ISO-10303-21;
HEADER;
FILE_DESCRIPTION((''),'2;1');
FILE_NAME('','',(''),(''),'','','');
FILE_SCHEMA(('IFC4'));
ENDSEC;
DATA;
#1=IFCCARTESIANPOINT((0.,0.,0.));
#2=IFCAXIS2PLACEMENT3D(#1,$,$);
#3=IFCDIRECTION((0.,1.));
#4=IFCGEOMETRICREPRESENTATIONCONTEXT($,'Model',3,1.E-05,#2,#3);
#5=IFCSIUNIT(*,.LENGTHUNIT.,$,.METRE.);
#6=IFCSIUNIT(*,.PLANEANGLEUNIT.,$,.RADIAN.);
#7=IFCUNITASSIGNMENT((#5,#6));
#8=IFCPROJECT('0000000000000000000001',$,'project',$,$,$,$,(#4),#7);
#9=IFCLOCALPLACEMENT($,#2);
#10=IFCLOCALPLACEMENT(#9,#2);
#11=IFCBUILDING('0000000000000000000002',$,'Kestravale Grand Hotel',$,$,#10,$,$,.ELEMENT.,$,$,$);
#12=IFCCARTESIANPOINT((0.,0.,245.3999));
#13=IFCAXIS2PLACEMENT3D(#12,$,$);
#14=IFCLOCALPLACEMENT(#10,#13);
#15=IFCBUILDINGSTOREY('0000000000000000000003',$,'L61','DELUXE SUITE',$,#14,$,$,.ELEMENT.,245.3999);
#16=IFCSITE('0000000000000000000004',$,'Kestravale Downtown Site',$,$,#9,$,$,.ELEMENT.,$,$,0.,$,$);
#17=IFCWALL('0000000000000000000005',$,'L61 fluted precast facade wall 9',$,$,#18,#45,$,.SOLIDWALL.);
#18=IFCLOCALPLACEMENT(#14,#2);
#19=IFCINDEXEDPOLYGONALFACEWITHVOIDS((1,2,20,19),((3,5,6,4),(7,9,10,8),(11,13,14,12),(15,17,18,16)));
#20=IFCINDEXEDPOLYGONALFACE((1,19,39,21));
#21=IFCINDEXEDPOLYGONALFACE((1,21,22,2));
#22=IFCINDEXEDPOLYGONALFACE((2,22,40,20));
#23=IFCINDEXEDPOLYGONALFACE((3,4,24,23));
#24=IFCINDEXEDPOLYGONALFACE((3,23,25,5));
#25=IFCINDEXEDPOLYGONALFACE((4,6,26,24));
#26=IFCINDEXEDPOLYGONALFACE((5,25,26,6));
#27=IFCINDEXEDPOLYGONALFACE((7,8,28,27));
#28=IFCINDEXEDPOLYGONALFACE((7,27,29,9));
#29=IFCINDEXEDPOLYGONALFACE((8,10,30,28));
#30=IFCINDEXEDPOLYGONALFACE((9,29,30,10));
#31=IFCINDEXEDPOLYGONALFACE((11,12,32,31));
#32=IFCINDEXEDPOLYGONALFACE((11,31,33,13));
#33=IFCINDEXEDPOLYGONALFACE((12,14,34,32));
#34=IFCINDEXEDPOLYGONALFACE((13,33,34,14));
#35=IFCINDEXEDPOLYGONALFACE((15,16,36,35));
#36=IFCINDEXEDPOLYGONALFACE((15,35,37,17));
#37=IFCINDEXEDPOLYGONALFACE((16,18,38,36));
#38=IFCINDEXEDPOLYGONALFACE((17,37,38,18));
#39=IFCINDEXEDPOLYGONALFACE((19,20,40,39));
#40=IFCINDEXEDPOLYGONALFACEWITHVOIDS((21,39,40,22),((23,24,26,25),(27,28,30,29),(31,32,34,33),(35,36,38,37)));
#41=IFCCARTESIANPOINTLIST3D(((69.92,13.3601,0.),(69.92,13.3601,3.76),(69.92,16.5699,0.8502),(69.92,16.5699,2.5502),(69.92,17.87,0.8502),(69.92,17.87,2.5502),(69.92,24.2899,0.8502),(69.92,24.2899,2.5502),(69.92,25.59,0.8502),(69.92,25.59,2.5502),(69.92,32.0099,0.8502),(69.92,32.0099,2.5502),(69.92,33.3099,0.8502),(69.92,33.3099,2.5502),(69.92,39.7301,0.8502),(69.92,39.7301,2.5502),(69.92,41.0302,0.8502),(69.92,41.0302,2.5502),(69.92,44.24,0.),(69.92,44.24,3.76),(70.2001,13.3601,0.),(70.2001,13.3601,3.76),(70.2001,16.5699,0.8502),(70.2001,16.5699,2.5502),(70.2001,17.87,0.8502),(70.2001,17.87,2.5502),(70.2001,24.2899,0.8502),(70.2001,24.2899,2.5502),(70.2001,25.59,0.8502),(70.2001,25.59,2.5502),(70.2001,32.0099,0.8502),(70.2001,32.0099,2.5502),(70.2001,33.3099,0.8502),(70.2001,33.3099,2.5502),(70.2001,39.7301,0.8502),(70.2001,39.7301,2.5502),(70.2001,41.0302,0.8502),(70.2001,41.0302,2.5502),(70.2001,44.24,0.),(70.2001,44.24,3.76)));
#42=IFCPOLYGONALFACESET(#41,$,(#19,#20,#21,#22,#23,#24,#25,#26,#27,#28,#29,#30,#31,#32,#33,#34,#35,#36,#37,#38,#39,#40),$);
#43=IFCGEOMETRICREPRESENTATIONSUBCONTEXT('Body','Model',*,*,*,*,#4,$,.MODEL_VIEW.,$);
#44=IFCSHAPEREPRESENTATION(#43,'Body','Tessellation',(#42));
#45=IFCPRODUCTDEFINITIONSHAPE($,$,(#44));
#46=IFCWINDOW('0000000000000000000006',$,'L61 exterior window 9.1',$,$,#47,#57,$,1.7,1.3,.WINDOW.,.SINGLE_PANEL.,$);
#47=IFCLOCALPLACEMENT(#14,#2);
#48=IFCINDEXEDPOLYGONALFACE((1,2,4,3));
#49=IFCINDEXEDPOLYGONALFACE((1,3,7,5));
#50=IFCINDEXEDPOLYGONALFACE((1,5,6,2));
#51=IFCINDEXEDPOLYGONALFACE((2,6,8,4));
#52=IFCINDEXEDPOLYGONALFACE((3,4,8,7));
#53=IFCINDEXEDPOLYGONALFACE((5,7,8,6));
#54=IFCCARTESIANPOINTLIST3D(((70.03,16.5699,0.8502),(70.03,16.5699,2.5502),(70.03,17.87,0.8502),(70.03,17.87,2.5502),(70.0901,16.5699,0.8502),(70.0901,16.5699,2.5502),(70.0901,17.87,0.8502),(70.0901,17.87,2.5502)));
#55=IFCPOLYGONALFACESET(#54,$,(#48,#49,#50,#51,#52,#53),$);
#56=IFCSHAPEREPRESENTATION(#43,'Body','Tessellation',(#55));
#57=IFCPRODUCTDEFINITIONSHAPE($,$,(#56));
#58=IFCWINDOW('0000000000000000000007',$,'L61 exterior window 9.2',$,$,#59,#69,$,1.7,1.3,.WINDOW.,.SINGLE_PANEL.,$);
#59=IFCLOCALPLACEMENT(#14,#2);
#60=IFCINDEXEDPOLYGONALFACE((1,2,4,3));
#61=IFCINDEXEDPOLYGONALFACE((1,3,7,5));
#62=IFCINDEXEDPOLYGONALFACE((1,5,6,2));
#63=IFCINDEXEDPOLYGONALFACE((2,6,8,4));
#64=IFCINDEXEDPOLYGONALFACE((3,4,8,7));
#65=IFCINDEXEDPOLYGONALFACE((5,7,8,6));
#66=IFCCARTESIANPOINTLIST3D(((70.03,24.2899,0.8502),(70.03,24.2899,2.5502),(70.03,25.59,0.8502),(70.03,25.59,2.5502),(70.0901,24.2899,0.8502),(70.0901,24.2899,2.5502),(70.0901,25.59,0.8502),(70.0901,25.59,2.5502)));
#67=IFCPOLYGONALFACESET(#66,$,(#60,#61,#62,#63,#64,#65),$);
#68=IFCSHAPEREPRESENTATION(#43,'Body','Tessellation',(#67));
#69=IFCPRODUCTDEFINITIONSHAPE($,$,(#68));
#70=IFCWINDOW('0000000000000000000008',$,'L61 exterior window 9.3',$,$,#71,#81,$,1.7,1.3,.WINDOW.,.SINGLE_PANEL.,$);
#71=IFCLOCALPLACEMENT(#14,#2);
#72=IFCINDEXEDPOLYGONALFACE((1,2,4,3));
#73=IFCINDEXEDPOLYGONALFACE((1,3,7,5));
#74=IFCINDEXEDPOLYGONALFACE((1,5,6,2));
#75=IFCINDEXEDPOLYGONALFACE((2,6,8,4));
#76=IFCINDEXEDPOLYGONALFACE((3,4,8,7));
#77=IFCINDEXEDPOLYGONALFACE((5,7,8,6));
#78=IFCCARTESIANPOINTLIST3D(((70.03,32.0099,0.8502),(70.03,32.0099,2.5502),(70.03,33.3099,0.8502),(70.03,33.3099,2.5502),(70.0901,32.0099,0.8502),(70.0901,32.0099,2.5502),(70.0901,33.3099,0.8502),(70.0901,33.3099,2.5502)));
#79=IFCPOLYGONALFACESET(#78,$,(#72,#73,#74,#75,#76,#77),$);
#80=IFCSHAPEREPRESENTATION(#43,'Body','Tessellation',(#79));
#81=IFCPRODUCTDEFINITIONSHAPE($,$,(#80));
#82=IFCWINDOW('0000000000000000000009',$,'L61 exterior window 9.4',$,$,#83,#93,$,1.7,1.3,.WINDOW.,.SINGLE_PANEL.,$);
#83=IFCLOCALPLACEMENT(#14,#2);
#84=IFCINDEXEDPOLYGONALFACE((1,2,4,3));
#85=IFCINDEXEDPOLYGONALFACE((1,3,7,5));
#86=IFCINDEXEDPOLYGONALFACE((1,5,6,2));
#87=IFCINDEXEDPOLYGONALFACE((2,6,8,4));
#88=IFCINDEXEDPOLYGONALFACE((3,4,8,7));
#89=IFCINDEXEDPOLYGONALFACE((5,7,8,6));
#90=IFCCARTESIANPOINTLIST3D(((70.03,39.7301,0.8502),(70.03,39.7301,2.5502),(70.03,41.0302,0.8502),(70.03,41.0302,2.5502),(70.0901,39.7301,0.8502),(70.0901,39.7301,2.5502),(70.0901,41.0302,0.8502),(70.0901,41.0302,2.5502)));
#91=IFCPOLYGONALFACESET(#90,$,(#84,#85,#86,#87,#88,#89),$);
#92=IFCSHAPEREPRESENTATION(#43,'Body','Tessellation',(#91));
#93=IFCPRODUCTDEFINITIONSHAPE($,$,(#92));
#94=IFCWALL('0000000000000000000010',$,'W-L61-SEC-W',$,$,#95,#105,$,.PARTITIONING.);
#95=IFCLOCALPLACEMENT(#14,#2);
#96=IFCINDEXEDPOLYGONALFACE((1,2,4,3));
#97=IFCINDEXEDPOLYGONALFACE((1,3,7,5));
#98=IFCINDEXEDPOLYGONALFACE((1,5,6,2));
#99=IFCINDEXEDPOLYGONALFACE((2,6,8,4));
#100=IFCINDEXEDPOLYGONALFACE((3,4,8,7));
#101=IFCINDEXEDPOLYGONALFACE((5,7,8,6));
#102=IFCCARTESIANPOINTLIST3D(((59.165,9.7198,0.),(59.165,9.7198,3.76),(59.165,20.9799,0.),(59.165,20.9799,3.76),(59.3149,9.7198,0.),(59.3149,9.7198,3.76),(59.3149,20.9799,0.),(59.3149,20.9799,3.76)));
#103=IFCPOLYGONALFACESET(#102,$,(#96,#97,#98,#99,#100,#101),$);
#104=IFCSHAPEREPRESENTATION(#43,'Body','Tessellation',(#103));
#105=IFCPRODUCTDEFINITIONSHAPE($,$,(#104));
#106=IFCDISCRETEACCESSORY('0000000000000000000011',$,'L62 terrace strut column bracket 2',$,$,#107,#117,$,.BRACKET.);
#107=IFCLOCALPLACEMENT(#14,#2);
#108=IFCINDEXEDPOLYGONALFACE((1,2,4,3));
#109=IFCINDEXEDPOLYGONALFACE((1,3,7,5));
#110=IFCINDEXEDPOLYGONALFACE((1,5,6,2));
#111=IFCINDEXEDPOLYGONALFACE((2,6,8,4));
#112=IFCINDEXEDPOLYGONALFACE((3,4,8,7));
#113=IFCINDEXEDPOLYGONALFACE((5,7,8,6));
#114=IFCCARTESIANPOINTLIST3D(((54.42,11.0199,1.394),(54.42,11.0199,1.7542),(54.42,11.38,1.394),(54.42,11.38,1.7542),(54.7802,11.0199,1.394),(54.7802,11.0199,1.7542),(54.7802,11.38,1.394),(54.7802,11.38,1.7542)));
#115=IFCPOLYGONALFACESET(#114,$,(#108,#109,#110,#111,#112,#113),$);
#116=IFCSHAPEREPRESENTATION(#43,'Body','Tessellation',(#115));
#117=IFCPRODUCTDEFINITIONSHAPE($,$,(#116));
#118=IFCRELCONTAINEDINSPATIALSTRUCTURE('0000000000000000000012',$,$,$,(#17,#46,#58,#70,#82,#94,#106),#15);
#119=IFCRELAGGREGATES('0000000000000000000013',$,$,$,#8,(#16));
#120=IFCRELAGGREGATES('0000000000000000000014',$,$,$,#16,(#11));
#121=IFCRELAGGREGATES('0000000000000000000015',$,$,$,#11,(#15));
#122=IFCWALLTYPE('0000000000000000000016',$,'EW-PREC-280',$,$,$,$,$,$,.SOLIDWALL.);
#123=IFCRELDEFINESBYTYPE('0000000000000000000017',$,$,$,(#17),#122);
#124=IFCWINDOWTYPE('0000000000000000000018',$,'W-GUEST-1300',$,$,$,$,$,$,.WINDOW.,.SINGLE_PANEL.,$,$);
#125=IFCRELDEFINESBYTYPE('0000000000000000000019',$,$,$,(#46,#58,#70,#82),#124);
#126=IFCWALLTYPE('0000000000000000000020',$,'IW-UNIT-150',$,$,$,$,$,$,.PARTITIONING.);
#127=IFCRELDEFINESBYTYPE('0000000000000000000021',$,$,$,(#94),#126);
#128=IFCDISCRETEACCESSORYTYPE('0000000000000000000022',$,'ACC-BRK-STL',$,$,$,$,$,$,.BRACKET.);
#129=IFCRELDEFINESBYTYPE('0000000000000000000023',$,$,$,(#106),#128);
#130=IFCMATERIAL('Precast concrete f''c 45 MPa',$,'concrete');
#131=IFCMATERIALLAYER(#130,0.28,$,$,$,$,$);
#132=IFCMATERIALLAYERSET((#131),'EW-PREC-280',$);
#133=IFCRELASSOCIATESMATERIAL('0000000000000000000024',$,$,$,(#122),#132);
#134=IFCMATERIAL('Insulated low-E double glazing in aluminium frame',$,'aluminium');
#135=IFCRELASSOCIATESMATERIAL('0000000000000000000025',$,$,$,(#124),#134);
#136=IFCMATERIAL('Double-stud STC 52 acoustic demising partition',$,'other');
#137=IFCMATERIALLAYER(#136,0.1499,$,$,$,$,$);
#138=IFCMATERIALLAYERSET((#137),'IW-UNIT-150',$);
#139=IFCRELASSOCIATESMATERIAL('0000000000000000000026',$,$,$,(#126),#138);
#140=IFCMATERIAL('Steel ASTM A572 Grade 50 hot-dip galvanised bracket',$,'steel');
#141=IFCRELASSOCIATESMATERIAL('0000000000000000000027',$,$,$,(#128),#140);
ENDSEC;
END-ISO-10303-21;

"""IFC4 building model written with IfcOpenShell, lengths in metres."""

from ifc_helpers import new_model, si_unit, direction, frame, frame_2d, origin, origin_2d, place, context, subcontext, project, spatial, rectangle, extrude, material, layer, layer_set, type_object, element, fill, save


model = new_model("IFC4")

# Units and contexts
model_context = context("Model", 3, precision=1e-05, world=origin(), true_north=direction((0.0, 1.0)))
body_context = subcontext(model_context, "Body", "Model", "MODEL_VIEW")
ifc_project = project(units=[si_unit("LENGTHUNIT", "METRE"), si_unit("PLANEANGLEUNIT", "RADIAN")], contexts=[model_context])

# Site, building, storey
site_placement = place(None, origin())
site = spatial("IfcSite", under=ifc_project, at=site_placement, Name="Kestravale Downtown Site", CompositionType="ELEMENT", RefElevation=0.0)
building_placement = place(site_placement, origin())
building = spatial("IfcBuilding", under=site, at=building_placement, Name="Kestravale Grand Hotel", CompositionType="ELEMENT")
storey_placement = place(building_placement, frame((0.0, 0.0, 245.3999)))
storey = spatial("IfcBuildingStorey", under=building, at=storey_placement, Name="L61", Description="DELUXE SUITE", CompositionType="ELEMENT", Elevation=245.3999)

# Shared definitions
ifc_material_1 = material(Name="Precast concrete f'c 45 MPa", Category="concrete")
ifc_layer_1 = layer(ifc_material_1, 0.28)
ifc_layer_set_1 = layer_set([ifc_layer_1], Name="EW-PREC-280")
wall_type_1 = type_object("IfcWallType", Name="EW-PREC-280", PredefinedType="SOLIDWALL", material=ifc_layer_set_1)

# Wall, openings, windows
wall_1_placement = place(storey_placement, frame((70.0601, 13.3601, 0.0), z_axis=(0.0, 0.0, 1.0), x_axis=(0.0, 1.0, 0.0)))
wall_1 = element("IfcWall", 1, at=wall_1_placement, inside=storey, type_object=wall_type_1, Name="L61 fluted precast facade wall 9", PredefinedType="SOLIDWALL", context=body_context, shape_type="SweptSolid", body=[
    extrude(rectangle(XDim=30.8799, YDim=0.28, at=frame_2d((15.4399, 0.0))), origin(), (0.0, 0.0, 1.0), 3.76),
])
opening_1_placement = place(wall_1_placement, frame((3.21, 0.0, 0.8501)))
opening_1 = element("IfcOpeningElement", 2, at=opening_1_placement, cuts=wall_1, PredefinedType="OPENING", context=body_context, shape_type="SweptSolid", body=[
    extrude(rectangle(XDim=1.3, YDim=1.7, at=frame_2d((0.6499, 0.8501))), frame((0.0, 0.1499, 0.0), z_axis=(0.0, -1.0, 0.0), x_axis=(1.0, 0.0, 0.0)), (0.0, 0.0, 1.0), 0.3),
])
opening_2_placement = place(wall_1_placement, frame((10.9299, 0.0, 0.8501)))
opening_2 = element("IfcOpeningElement", 3, at=opening_2_placement, cuts=wall_1, PredefinedType="OPENING", context=body_context, shape_type="SweptSolid", body=[
    extrude(rectangle(XDim=1.3, YDim=1.7, at=frame_2d((0.6499, 0.8501))), frame((0.0, 0.1499, 0.0), z_axis=(0.0, -1.0, 0.0), x_axis=(1.0, 0.0, 0.0)), (0.0, 0.0, 1.0), 0.3),
])
opening_3_placement = place(wall_1_placement, frame((18.6499, 0.0, 0.8501)))
opening_3 = element("IfcOpeningElement", 4, at=opening_3_placement, cuts=wall_1, PredefinedType="OPENING", context=body_context, shape_type="SweptSolid", body=[
    extrude(rectangle(XDim=1.3, YDim=1.7, at=frame_2d((0.6499, 0.8501))), frame((0.0, 0.1499, 0.0), z_axis=(0.0, -1.0, 0.0), x_axis=(1.0, 0.0, 0.0)), (0.0, 0.0, 1.0), 0.3),
])
opening_4_placement = place(wall_1_placement, frame((26.3701, 0.0, 0.8501)))
opening_4 = element("IfcOpeningElement", 5, at=opening_4_placement, cuts=wall_1, PredefinedType="OPENING", context=body_context, shape_type="SweptSolid", body=[
    extrude(rectangle(XDim=1.3, YDim=1.7, at=frame_2d((0.6499, 0.8501))), frame((0.0, 0.1499, 0.0), z_axis=(0.0, -1.0, 0.0), x_axis=(1.0, 0.0, 0.0)), (0.0, 0.0, 1.0), 0.3),
])
ifc_material_2 = material(Name="Insulated low-E double glazing in aluminium frame", Category="aluminium")
window_type = type_object("IfcWindowType", Name="W-GUEST-1300", PartitioningType="SINGLE_PANEL", PredefinedType="WINDOW", material=ifc_material_2)
window_1_placement = place(opening_1_placement, origin())
window_1 = element("IfcWindow", 6, at=window_1_placement, inside=storey, type_object=window_type, Name="L61 exterior window 9.1", OverallHeight=1.7, OverallWidth=1.3, PartitioningType="SINGLE_PANEL", PredefinedType="WINDOW", context=body_context, shape_type="SweptSolid", body=[
    extrude(rectangle(XDim=1.3, YDim=1.7, at=frame_2d((0.6499, 0.8501))), frame((0.0, 0.03, 0.0), z_axis=(0.0, -1.0, 0.0), x_axis=(1.0, 0.0, 0.0)), (0.0, 0.0, 1.0), 0.0601),
])
fill(opening_1, window_1)
window_2_placement = place(opening_2_placement, origin())
window_2 = element("IfcWindow", 7, at=window_2_placement, inside=storey, type_object=window_type, Name="L61 exterior window 9.2", OverallHeight=1.7, OverallWidth=1.3, PartitioningType="SINGLE_PANEL", PredefinedType="WINDOW", context=body_context, shape_type="SweptSolid", body=[
    extrude(rectangle(XDim=1.3, YDim=1.7, at=frame_2d((0.6499, 0.8501))), frame((0.0, 0.03, 0.0), z_axis=(0.0, -1.0, 0.0), x_axis=(1.0, 0.0, 0.0)), (0.0, 0.0, 1.0), 0.0601),
])
fill(opening_2, window_2)
window_3_placement = place(opening_3_placement, origin())
window_3 = element("IfcWindow", 8, at=window_3_placement, inside=storey, type_object=window_type, Name="L61 exterior window 9.3", OverallHeight=1.7, OverallWidth=1.3, PartitioningType="SINGLE_PANEL", PredefinedType="WINDOW", context=body_context, shape_type="SweptSolid", body=[
    extrude(rectangle(XDim=1.3, YDim=1.7, at=frame_2d((0.6499, 0.8501))), frame((0.0, 0.03, 0.0), z_axis=(0.0, -1.0, 0.0), x_axis=(1.0, 0.0, 0.0)), (0.0, 0.0, 1.0), 0.0601),
])
fill(opening_3, window_3)
window_4_placement = place(opening_4_placement, origin())
window_4 = element("IfcWindow", 9, at=window_4_placement, inside=storey, type_object=window_type, Name="L61 exterior window 9.4", OverallHeight=1.7, OverallWidth=1.3, PartitioningType="SINGLE_PANEL", PredefinedType="WINDOW", context=body_context, shape_type="SweptSolid", body=[
    extrude(rectangle(XDim=1.3, YDim=1.7, at=frame_2d((0.6499, 0.8501))), frame((0.0, 0.03, 0.0), z_axis=(0.0, -1.0, 0.0), x_axis=(1.0, 0.0, 0.0)), (0.0, 0.0, 1.0), 0.0601),
])
fill(opening_4, window_4)

# Wall
ifc_material_3 = material(Name="Double-stud STC 52 acoustic demising partition", Category="other")
ifc_layer_2 = layer(ifc_material_3, 0.1499)
ifc_layer_set_2 = layer_set([ifc_layer_2], Name="IW-UNIT-150")
wall_type_2 = type_object("IfcWallType", Name="IW-UNIT-150", PredefinedType="PARTITIONING", material=ifc_layer_set_2)
wall_2_placement = place(storey_placement, frame((59.24, 9.72, 0.0), z_axis=(0.0, 0.0, 1.0), x_axis=(0.0, 1.0, 0.0)))
element("IfcWall", 10, at=wall_2_placement, inside=storey, type_object=wall_type_2, Name="W-L61-SEC-W", PredefinedType="PARTITIONING", context=body_context, shape_type="SweptSolid", body=[
    extrude(rectangle(XDim=11.26, YDim=0.1499, at=frame_2d((5.6299, 0.0))), origin(), (0.0, 0.0, 1.0), 3.76),
])

# Discrete accessory
ifc_material_4 = material(Name="Steel ASTM A572 Grade 50 hot-dip galvanised bracket", Category="steel")
discrete_accessory_type = type_object("IfcDiscreteAccessoryType", Name="ACC-BRK-STL", PredefinedType="BRACKET", material=ifc_material_4)
discrete_accessory_placement = place(storey_placement, frame((54.6001, 11.2, 1.394), z_axis=(0.0, 0.0, 1.0), x_axis=(1.0, 0.0, 0.0)))
element("IfcDiscreteAccessory", 11, at=discrete_accessory_placement, inside=storey, type_object=discrete_accessory_type, Name="L62 terrace strut column bracket 2", PredefinedType="BRACKET", context=body_context, shape_type="SweptSolid", body=[
    extrude(rectangle(XDim=0.3601, YDim=0.3601, at=origin_2d()), origin(), (0.0, 0.0, 1.0), 0.3601),
])

save(model, "model.ifc")
